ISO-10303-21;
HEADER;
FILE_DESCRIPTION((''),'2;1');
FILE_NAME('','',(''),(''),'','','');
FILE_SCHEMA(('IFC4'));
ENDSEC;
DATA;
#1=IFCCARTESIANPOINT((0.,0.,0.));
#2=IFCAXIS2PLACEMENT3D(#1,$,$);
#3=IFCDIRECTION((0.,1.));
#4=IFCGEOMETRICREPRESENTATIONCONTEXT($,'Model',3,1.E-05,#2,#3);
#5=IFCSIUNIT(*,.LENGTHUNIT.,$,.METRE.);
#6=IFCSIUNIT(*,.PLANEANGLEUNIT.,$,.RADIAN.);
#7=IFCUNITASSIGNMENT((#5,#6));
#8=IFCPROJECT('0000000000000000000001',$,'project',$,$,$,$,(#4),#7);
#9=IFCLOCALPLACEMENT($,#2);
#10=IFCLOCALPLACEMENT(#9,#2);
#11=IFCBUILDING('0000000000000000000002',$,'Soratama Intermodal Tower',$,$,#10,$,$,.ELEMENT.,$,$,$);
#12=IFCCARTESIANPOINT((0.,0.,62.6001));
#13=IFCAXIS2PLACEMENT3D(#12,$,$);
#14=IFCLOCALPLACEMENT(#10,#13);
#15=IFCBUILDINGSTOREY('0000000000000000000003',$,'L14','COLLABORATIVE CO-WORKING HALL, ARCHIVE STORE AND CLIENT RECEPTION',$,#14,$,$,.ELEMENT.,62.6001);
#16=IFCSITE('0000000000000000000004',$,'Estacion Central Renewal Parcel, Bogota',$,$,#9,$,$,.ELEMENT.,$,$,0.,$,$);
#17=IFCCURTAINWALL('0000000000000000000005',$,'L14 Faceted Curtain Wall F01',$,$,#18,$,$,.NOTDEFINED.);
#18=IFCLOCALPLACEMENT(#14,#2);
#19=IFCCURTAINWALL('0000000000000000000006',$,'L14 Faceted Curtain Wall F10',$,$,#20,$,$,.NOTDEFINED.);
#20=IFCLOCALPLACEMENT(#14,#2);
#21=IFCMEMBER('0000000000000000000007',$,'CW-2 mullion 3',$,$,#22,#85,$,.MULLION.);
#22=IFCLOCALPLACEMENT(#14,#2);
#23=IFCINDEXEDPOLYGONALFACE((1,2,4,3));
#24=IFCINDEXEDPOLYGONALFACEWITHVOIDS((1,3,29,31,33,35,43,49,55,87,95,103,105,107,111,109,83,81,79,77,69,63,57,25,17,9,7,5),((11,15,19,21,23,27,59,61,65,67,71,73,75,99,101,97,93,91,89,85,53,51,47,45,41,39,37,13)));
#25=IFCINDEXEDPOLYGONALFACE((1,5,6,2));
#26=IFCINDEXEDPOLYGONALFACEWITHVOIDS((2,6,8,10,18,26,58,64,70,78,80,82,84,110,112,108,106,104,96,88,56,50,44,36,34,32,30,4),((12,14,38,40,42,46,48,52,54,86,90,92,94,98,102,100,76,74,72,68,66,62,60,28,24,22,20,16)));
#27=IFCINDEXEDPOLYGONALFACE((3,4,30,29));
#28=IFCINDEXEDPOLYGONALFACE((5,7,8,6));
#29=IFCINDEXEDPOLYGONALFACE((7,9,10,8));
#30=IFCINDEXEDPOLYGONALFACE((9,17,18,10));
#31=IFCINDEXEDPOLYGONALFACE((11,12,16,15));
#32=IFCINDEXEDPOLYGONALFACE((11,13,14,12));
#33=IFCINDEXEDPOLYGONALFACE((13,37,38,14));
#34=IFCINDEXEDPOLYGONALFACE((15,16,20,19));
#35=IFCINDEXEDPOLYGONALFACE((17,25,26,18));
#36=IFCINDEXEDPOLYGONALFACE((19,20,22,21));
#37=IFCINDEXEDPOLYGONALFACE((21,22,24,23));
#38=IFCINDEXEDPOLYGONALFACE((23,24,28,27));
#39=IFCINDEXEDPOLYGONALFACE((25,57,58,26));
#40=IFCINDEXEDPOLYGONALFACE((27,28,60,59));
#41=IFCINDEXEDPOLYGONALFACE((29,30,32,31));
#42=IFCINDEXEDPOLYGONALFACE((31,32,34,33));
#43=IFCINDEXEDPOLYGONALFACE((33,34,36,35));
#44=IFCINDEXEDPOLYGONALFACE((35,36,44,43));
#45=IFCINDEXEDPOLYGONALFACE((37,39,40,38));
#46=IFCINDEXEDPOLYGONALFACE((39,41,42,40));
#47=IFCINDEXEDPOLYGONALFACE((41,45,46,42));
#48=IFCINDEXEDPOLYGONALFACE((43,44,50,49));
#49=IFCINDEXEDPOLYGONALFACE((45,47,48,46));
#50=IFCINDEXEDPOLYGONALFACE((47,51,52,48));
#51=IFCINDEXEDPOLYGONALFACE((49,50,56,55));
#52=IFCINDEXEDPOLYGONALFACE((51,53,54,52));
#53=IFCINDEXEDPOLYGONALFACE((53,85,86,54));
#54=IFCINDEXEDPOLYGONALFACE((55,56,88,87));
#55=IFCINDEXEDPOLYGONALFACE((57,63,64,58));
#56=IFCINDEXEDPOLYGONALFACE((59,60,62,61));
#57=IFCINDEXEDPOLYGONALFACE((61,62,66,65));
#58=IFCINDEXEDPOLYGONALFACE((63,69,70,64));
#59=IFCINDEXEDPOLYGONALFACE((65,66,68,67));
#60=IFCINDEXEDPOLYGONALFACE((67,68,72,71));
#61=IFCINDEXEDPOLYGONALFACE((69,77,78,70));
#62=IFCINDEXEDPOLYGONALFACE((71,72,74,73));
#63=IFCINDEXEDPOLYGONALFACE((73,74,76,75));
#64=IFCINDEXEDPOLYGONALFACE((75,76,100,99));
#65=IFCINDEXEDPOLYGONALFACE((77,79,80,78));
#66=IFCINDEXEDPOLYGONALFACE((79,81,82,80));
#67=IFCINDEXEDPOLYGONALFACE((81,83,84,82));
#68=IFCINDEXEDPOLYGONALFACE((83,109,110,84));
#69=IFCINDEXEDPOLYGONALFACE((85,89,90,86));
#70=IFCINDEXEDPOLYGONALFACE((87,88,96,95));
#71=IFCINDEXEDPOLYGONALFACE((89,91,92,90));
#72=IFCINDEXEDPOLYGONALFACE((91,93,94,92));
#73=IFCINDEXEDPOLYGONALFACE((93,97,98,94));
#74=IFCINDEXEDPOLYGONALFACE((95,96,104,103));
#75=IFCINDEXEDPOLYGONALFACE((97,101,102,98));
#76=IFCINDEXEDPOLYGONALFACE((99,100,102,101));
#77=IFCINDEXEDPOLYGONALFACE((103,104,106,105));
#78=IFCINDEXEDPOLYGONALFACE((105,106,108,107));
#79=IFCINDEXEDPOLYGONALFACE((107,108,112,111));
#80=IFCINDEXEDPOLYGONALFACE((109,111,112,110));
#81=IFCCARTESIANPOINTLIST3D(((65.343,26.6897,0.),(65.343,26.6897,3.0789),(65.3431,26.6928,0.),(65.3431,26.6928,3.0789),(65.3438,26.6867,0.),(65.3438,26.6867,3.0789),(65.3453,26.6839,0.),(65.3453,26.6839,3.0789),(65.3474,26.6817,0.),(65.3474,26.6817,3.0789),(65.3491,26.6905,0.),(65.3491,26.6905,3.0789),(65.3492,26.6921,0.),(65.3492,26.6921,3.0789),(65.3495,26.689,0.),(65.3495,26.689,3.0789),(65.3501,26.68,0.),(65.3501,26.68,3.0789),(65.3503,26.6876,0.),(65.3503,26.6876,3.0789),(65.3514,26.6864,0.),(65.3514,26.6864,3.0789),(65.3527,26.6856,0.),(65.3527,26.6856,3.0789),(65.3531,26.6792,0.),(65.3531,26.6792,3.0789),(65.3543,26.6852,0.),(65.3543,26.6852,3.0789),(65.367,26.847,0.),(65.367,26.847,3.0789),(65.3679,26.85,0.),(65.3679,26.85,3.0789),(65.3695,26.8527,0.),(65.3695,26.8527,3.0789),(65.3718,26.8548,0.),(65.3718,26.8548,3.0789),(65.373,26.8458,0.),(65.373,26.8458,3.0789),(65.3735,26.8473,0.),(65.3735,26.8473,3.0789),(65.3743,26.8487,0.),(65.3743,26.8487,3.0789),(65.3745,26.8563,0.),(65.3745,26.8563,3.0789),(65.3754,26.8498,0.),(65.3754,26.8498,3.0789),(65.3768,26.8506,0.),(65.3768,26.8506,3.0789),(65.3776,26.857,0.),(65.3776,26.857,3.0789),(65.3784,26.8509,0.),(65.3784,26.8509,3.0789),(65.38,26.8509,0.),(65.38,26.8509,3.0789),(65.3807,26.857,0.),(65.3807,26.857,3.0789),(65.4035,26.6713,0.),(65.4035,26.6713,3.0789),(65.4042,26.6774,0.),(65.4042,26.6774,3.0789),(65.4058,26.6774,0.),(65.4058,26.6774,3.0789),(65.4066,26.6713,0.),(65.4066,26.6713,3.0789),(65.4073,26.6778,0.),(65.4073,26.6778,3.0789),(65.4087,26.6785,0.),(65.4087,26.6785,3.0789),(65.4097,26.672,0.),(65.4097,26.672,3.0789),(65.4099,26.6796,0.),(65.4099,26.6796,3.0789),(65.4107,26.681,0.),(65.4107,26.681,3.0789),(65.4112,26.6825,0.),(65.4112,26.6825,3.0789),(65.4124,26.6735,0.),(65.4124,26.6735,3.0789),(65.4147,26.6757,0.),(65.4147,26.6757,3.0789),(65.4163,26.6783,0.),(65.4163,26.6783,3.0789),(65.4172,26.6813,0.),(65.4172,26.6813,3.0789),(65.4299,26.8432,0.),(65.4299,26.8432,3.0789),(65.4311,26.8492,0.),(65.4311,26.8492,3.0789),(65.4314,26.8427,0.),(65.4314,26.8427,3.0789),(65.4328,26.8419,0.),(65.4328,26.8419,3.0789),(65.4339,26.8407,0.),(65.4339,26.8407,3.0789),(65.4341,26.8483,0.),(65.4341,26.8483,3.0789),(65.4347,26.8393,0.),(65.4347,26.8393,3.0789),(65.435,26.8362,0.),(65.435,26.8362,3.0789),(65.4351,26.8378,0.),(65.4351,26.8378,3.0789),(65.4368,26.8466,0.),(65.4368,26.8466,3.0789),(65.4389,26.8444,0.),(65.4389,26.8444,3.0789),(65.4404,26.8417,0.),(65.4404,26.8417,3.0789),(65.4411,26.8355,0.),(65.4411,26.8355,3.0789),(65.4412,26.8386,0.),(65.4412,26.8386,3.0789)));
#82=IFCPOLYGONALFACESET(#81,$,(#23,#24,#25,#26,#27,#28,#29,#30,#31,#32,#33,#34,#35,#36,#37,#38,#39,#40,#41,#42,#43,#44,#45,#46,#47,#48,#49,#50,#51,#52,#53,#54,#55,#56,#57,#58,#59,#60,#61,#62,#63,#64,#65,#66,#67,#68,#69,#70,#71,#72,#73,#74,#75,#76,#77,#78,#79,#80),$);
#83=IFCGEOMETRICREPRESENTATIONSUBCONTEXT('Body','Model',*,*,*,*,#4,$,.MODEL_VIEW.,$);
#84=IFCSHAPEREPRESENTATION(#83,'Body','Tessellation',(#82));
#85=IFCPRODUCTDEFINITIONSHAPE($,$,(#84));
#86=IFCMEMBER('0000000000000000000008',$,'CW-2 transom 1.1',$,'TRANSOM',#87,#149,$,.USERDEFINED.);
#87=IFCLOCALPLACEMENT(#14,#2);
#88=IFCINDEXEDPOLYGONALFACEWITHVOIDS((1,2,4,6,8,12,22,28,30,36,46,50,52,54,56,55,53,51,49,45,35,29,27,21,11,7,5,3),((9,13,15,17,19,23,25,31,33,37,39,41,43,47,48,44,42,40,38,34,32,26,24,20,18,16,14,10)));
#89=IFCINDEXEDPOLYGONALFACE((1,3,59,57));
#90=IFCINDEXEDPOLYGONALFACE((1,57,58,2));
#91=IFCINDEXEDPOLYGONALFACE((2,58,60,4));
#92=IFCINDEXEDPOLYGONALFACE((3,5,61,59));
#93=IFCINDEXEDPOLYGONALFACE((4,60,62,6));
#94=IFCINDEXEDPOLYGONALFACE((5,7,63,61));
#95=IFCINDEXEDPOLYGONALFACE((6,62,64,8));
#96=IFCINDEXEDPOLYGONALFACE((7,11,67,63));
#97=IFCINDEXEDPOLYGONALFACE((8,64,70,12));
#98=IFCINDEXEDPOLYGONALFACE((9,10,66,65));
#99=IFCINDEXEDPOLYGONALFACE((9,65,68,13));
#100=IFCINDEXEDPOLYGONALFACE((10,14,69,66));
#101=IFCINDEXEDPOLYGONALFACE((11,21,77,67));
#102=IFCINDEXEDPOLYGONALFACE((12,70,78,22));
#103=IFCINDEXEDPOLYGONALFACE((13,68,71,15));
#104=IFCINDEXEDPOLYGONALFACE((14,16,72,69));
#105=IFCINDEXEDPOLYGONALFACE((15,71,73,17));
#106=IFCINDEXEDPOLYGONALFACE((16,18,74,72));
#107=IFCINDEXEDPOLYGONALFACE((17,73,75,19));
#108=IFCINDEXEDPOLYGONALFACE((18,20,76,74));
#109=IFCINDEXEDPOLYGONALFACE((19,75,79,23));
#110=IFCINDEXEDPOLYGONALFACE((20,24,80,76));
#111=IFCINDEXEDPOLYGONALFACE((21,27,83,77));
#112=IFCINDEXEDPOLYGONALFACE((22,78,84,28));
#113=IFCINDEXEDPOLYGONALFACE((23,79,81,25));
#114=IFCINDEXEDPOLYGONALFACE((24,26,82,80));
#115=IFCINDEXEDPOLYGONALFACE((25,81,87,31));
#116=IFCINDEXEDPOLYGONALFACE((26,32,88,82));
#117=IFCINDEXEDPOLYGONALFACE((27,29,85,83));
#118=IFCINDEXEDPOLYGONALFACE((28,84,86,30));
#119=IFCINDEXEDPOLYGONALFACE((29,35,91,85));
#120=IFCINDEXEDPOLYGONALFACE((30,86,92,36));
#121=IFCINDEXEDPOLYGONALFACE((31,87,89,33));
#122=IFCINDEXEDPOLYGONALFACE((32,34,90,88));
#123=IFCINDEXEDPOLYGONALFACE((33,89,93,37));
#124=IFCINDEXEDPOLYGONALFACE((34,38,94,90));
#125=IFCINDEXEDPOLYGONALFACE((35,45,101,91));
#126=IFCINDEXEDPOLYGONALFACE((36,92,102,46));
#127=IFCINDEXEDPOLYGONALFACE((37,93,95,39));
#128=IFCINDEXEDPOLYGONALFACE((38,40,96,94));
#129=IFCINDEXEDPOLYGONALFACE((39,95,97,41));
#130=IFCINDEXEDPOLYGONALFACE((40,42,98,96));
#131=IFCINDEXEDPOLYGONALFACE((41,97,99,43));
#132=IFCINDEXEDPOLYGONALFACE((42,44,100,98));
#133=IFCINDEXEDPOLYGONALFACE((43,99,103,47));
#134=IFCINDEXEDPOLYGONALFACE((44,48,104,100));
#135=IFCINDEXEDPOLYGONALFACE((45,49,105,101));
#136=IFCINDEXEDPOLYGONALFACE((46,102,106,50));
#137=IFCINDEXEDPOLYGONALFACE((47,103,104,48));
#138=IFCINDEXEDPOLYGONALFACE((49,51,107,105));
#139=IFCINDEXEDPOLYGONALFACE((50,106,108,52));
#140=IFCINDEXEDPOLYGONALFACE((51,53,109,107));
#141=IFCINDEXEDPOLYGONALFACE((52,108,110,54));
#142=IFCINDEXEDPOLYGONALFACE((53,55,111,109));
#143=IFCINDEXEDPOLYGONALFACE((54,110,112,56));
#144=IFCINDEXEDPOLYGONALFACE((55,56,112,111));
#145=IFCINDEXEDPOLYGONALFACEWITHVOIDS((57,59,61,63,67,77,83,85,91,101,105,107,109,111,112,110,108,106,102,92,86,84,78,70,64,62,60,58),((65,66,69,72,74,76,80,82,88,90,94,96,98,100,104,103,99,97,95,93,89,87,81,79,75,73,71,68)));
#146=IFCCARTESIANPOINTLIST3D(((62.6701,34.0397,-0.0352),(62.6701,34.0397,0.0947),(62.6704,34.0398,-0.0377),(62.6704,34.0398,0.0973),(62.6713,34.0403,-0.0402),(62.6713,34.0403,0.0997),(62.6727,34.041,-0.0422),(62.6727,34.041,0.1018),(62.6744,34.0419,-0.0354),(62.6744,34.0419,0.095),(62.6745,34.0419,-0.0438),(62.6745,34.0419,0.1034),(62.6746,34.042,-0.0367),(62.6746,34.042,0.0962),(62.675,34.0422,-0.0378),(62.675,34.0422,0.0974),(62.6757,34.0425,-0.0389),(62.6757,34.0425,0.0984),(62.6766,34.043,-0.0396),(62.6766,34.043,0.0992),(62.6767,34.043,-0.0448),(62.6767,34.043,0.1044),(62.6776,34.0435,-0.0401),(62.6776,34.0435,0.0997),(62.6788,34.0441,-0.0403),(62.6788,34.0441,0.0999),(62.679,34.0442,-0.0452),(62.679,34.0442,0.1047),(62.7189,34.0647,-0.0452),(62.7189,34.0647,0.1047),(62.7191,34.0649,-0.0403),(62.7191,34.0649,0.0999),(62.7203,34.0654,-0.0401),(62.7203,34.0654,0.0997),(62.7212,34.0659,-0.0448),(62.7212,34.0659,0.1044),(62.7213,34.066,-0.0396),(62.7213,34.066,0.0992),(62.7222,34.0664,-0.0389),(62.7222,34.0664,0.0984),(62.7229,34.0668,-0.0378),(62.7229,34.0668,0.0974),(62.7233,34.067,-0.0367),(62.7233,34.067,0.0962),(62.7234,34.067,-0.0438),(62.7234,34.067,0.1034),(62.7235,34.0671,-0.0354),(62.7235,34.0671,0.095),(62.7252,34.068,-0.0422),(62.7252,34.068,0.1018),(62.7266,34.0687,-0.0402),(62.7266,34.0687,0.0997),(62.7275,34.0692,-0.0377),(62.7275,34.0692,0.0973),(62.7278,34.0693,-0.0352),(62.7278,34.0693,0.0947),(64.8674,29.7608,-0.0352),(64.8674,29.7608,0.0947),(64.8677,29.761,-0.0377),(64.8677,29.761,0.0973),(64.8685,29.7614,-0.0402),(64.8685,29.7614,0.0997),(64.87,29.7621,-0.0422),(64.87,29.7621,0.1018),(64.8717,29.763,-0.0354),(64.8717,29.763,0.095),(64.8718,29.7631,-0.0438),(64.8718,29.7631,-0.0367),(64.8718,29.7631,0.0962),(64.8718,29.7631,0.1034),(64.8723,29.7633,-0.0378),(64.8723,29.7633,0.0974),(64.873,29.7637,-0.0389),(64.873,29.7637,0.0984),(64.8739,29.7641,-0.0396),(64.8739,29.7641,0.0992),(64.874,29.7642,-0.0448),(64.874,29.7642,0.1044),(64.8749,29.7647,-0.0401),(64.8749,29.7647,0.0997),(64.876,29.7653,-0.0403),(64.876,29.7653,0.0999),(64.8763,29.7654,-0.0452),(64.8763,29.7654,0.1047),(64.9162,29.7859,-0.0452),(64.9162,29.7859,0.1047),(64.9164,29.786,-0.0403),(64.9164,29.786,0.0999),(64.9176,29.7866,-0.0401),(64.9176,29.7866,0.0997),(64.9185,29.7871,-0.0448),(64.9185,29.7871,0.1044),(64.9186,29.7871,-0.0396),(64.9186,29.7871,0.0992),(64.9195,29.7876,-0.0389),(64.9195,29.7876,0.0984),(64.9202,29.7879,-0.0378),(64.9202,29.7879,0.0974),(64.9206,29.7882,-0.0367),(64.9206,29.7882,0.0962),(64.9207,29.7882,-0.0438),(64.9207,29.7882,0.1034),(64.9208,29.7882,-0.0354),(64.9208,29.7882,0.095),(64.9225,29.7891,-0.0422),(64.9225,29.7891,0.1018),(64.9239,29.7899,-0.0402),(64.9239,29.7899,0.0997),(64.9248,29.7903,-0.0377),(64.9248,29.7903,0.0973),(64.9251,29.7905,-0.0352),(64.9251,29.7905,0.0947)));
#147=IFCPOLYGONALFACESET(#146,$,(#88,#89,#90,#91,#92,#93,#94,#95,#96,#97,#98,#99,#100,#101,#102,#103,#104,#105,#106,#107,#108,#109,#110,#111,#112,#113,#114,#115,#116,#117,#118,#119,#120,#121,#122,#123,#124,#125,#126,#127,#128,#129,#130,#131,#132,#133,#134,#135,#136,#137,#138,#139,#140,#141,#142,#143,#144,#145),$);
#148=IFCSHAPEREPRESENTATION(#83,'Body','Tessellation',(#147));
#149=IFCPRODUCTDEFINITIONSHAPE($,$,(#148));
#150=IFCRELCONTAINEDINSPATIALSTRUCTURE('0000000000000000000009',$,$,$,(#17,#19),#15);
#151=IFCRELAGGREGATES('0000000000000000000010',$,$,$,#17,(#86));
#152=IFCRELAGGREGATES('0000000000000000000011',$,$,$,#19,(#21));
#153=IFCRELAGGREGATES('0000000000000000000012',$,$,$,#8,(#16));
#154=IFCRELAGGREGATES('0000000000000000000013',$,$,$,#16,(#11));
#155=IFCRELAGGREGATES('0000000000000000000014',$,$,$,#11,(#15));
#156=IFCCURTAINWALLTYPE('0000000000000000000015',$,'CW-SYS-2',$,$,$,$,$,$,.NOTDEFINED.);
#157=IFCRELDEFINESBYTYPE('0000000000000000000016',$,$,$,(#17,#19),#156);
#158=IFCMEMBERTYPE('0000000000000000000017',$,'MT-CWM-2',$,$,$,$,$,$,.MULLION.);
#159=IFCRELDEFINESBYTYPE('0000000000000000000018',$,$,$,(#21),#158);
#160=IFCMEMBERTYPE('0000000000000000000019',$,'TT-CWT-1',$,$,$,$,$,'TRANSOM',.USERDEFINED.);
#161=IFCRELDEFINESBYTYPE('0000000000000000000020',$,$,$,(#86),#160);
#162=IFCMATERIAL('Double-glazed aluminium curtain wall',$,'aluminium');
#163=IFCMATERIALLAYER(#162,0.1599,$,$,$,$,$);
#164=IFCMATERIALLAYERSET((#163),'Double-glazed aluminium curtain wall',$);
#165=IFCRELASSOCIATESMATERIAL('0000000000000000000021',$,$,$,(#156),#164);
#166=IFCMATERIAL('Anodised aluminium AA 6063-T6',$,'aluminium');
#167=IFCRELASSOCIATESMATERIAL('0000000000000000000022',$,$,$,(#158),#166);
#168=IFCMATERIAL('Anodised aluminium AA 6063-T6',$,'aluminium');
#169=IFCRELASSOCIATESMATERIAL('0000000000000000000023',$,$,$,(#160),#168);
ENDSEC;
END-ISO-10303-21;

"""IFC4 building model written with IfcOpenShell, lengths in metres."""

from ifc_helpers import new_model, si_unit, direction, frame, origin, origin_2d, place, context, subcontext, project, spatial, hollow_rectangle, extrude, material, layer, layer_set, material_profile, profile_set, type_object, element, aggregate, save


model = new_model("IFC4")

# Units and contexts
model_context = context("Model", 3, precision=1e-05, world=origin(), true_north=direction((0.0, 1.0)))
body_context = subcontext(model_context, "Body", "Model", "MODEL_VIEW")
ifc_project = project(units=[si_unit("LENGTHUNIT", "METRE"), si_unit("PLANEANGLEUNIT", "RADIAN")], contexts=[model_context])

# Site, building, storey
site_placement = place(None, origin())
site = spatial("IfcSite", under=ifc_project, at=site_placement, Name="Estacion Central Renewal Parcel, Bogota", CompositionType="ELEMENT", RefElevation=0.0)
building_placement = place(site_placement, origin())
building = spatial("IfcBuilding", under=site, at=building_placement, Name="Soratama Intermodal Tower", CompositionType="ELEMENT")
storey_placement = place(building_placement, frame((0.0, 0.0, 62.6001)))
storey = spatial("IfcBuildingStorey", under=building, at=storey_placement, Name="L14", Description="COLLABORATIVE CO-WORKING HALL, ARCHIVE STORE AND CLIENT RECEPTION", CompositionType="ELEMENT", Elevation=62.6001)

# Curtain wall
ifc_material_1 = material(Name="Double-glazed aluminium curtain wall", Category="aluminium")
ifc_layer_1 = layer(ifc_material_1, 0.1599)
ifc_layer_set_1 = layer_set([ifc_layer_1], Name="Double-glazed aluminium curtain wall")
curtain_wall_type = type_object("IfcCurtainWallType", Name="CW-SYS-2", PredefinedType="NOTDEFINED", material=ifc_layer_set_1)
curtain_wall_1_placement = place(storey_placement, origin())
curtain_wall_1 = element("IfcCurtainWall", 1, at=curtain_wall_1_placement, inside=storey, type_object=curtain_wall_type, Name="L14 Faceted Curtain Wall F01", PredefinedType="NOTDEFINED")
ifc_material_2 = material(Name="Anodised aluminium AA 6063-T6", Category="aluminium")
ifc_material_profile_1 = material_profile(ifc_material_2, hollow_rectangle(XDim=0.075, YDim=0.1799, WallThickness=0.0061, InnerFilletRadius=0.0061, OuterFilletRadius=0.012, at=origin_2d()), Name="CWM180X75X6")
ifc_profile_set_1 = profile_set([ifc_material_profile_1], Name="Anodised aluminium AA 6063-T6")
member_type_1 = type_object("IfcMemberType", Name="MT-CWM-2", PredefinedType="MULLION", material=ifc_profile_set_1)

# Curtain wall, member
curtain_wall_2_placement = place(storey_placement, origin())
curtain_wall_2 = element("IfcCurtainWall", 2, at=curtain_wall_2_placement, inside=storey, type_object=curtain_wall_type, Name="L14 Faceted Curtain Wall F10", PredefinedType="NOTDEFINED")
member_1_placement = place(storey_placement, frame((65.3921, 26.7642, 0.0), z_axis=(0.0, 0.0, 1.0), x_axis=(-0.988175, 0.153328, 0.0)))
member_1 = element("IfcMember", 3, at=member_1_placement, type_object=member_type_1, Name="CW-2 mullion 3", PredefinedType="MULLION", context=body_context, shape_type="SweptSolid", body=[
    extrude(hollow_rectangle(XDim=0.075, YDim=0.1799, WallThickness=0.0061, InnerFilletRadius=0.0061, OuterFilletRadius=0.012, at=origin_2d()), origin(), (0.0, 0.0, 1.0), 3.0789),
])

# Member
ifc_material_3 = material(Name="Anodised aluminium AA 6063-T6", Category="aluminium")
ifc_material_profile_2 = material_profile(ifc_material_3, hollow_rectangle(XDim=0.0649, YDim=0.1499, WallThickness=0.0049, InnerFilletRadius=0.0049, OuterFilletRadius=0.01, at=origin_2d()), Name="CWT150X65X5")
ifc_profile_set_2 = profile_set([ifc_material_profile_2], Name="Anodised aluminium AA 6063-T6")
member_type_2 = type_object("IfcMemberType", Name="TT-CWT-1", ElementType="TRANSOM", PredefinedType="USERDEFINED", material=ifc_profile_set_2)
member_2_placement = place(storey_placement, frame((64.8962, 29.7756, 0.0298), z_axis=(-0.456811, 0.889564, 0.0), x_axis=(-0.889564, -0.456811, 0.0)))
member_2 = element("IfcMember", 4, at=member_2_placement, type_object=member_type_2, Name="CW-2 transom 1.1", ObjectType="TRANSOM", PredefinedType="USERDEFINED", context=body_context, shape_type="SweptSolid", body=[
    extrude(hollow_rectangle(XDim=0.0649, YDim=0.1499, WallThickness=0.0049, InnerFilletRadius=0.0049, OuterFilletRadius=0.01, at=origin_2d()), origin(), (0.0, 0.0, 1.0), 4.8101),
])

aggregate(curtain_wall_1, [member_2])
aggregate(curtain_wall_2, [member_1])

save(model, "model.ifc")
